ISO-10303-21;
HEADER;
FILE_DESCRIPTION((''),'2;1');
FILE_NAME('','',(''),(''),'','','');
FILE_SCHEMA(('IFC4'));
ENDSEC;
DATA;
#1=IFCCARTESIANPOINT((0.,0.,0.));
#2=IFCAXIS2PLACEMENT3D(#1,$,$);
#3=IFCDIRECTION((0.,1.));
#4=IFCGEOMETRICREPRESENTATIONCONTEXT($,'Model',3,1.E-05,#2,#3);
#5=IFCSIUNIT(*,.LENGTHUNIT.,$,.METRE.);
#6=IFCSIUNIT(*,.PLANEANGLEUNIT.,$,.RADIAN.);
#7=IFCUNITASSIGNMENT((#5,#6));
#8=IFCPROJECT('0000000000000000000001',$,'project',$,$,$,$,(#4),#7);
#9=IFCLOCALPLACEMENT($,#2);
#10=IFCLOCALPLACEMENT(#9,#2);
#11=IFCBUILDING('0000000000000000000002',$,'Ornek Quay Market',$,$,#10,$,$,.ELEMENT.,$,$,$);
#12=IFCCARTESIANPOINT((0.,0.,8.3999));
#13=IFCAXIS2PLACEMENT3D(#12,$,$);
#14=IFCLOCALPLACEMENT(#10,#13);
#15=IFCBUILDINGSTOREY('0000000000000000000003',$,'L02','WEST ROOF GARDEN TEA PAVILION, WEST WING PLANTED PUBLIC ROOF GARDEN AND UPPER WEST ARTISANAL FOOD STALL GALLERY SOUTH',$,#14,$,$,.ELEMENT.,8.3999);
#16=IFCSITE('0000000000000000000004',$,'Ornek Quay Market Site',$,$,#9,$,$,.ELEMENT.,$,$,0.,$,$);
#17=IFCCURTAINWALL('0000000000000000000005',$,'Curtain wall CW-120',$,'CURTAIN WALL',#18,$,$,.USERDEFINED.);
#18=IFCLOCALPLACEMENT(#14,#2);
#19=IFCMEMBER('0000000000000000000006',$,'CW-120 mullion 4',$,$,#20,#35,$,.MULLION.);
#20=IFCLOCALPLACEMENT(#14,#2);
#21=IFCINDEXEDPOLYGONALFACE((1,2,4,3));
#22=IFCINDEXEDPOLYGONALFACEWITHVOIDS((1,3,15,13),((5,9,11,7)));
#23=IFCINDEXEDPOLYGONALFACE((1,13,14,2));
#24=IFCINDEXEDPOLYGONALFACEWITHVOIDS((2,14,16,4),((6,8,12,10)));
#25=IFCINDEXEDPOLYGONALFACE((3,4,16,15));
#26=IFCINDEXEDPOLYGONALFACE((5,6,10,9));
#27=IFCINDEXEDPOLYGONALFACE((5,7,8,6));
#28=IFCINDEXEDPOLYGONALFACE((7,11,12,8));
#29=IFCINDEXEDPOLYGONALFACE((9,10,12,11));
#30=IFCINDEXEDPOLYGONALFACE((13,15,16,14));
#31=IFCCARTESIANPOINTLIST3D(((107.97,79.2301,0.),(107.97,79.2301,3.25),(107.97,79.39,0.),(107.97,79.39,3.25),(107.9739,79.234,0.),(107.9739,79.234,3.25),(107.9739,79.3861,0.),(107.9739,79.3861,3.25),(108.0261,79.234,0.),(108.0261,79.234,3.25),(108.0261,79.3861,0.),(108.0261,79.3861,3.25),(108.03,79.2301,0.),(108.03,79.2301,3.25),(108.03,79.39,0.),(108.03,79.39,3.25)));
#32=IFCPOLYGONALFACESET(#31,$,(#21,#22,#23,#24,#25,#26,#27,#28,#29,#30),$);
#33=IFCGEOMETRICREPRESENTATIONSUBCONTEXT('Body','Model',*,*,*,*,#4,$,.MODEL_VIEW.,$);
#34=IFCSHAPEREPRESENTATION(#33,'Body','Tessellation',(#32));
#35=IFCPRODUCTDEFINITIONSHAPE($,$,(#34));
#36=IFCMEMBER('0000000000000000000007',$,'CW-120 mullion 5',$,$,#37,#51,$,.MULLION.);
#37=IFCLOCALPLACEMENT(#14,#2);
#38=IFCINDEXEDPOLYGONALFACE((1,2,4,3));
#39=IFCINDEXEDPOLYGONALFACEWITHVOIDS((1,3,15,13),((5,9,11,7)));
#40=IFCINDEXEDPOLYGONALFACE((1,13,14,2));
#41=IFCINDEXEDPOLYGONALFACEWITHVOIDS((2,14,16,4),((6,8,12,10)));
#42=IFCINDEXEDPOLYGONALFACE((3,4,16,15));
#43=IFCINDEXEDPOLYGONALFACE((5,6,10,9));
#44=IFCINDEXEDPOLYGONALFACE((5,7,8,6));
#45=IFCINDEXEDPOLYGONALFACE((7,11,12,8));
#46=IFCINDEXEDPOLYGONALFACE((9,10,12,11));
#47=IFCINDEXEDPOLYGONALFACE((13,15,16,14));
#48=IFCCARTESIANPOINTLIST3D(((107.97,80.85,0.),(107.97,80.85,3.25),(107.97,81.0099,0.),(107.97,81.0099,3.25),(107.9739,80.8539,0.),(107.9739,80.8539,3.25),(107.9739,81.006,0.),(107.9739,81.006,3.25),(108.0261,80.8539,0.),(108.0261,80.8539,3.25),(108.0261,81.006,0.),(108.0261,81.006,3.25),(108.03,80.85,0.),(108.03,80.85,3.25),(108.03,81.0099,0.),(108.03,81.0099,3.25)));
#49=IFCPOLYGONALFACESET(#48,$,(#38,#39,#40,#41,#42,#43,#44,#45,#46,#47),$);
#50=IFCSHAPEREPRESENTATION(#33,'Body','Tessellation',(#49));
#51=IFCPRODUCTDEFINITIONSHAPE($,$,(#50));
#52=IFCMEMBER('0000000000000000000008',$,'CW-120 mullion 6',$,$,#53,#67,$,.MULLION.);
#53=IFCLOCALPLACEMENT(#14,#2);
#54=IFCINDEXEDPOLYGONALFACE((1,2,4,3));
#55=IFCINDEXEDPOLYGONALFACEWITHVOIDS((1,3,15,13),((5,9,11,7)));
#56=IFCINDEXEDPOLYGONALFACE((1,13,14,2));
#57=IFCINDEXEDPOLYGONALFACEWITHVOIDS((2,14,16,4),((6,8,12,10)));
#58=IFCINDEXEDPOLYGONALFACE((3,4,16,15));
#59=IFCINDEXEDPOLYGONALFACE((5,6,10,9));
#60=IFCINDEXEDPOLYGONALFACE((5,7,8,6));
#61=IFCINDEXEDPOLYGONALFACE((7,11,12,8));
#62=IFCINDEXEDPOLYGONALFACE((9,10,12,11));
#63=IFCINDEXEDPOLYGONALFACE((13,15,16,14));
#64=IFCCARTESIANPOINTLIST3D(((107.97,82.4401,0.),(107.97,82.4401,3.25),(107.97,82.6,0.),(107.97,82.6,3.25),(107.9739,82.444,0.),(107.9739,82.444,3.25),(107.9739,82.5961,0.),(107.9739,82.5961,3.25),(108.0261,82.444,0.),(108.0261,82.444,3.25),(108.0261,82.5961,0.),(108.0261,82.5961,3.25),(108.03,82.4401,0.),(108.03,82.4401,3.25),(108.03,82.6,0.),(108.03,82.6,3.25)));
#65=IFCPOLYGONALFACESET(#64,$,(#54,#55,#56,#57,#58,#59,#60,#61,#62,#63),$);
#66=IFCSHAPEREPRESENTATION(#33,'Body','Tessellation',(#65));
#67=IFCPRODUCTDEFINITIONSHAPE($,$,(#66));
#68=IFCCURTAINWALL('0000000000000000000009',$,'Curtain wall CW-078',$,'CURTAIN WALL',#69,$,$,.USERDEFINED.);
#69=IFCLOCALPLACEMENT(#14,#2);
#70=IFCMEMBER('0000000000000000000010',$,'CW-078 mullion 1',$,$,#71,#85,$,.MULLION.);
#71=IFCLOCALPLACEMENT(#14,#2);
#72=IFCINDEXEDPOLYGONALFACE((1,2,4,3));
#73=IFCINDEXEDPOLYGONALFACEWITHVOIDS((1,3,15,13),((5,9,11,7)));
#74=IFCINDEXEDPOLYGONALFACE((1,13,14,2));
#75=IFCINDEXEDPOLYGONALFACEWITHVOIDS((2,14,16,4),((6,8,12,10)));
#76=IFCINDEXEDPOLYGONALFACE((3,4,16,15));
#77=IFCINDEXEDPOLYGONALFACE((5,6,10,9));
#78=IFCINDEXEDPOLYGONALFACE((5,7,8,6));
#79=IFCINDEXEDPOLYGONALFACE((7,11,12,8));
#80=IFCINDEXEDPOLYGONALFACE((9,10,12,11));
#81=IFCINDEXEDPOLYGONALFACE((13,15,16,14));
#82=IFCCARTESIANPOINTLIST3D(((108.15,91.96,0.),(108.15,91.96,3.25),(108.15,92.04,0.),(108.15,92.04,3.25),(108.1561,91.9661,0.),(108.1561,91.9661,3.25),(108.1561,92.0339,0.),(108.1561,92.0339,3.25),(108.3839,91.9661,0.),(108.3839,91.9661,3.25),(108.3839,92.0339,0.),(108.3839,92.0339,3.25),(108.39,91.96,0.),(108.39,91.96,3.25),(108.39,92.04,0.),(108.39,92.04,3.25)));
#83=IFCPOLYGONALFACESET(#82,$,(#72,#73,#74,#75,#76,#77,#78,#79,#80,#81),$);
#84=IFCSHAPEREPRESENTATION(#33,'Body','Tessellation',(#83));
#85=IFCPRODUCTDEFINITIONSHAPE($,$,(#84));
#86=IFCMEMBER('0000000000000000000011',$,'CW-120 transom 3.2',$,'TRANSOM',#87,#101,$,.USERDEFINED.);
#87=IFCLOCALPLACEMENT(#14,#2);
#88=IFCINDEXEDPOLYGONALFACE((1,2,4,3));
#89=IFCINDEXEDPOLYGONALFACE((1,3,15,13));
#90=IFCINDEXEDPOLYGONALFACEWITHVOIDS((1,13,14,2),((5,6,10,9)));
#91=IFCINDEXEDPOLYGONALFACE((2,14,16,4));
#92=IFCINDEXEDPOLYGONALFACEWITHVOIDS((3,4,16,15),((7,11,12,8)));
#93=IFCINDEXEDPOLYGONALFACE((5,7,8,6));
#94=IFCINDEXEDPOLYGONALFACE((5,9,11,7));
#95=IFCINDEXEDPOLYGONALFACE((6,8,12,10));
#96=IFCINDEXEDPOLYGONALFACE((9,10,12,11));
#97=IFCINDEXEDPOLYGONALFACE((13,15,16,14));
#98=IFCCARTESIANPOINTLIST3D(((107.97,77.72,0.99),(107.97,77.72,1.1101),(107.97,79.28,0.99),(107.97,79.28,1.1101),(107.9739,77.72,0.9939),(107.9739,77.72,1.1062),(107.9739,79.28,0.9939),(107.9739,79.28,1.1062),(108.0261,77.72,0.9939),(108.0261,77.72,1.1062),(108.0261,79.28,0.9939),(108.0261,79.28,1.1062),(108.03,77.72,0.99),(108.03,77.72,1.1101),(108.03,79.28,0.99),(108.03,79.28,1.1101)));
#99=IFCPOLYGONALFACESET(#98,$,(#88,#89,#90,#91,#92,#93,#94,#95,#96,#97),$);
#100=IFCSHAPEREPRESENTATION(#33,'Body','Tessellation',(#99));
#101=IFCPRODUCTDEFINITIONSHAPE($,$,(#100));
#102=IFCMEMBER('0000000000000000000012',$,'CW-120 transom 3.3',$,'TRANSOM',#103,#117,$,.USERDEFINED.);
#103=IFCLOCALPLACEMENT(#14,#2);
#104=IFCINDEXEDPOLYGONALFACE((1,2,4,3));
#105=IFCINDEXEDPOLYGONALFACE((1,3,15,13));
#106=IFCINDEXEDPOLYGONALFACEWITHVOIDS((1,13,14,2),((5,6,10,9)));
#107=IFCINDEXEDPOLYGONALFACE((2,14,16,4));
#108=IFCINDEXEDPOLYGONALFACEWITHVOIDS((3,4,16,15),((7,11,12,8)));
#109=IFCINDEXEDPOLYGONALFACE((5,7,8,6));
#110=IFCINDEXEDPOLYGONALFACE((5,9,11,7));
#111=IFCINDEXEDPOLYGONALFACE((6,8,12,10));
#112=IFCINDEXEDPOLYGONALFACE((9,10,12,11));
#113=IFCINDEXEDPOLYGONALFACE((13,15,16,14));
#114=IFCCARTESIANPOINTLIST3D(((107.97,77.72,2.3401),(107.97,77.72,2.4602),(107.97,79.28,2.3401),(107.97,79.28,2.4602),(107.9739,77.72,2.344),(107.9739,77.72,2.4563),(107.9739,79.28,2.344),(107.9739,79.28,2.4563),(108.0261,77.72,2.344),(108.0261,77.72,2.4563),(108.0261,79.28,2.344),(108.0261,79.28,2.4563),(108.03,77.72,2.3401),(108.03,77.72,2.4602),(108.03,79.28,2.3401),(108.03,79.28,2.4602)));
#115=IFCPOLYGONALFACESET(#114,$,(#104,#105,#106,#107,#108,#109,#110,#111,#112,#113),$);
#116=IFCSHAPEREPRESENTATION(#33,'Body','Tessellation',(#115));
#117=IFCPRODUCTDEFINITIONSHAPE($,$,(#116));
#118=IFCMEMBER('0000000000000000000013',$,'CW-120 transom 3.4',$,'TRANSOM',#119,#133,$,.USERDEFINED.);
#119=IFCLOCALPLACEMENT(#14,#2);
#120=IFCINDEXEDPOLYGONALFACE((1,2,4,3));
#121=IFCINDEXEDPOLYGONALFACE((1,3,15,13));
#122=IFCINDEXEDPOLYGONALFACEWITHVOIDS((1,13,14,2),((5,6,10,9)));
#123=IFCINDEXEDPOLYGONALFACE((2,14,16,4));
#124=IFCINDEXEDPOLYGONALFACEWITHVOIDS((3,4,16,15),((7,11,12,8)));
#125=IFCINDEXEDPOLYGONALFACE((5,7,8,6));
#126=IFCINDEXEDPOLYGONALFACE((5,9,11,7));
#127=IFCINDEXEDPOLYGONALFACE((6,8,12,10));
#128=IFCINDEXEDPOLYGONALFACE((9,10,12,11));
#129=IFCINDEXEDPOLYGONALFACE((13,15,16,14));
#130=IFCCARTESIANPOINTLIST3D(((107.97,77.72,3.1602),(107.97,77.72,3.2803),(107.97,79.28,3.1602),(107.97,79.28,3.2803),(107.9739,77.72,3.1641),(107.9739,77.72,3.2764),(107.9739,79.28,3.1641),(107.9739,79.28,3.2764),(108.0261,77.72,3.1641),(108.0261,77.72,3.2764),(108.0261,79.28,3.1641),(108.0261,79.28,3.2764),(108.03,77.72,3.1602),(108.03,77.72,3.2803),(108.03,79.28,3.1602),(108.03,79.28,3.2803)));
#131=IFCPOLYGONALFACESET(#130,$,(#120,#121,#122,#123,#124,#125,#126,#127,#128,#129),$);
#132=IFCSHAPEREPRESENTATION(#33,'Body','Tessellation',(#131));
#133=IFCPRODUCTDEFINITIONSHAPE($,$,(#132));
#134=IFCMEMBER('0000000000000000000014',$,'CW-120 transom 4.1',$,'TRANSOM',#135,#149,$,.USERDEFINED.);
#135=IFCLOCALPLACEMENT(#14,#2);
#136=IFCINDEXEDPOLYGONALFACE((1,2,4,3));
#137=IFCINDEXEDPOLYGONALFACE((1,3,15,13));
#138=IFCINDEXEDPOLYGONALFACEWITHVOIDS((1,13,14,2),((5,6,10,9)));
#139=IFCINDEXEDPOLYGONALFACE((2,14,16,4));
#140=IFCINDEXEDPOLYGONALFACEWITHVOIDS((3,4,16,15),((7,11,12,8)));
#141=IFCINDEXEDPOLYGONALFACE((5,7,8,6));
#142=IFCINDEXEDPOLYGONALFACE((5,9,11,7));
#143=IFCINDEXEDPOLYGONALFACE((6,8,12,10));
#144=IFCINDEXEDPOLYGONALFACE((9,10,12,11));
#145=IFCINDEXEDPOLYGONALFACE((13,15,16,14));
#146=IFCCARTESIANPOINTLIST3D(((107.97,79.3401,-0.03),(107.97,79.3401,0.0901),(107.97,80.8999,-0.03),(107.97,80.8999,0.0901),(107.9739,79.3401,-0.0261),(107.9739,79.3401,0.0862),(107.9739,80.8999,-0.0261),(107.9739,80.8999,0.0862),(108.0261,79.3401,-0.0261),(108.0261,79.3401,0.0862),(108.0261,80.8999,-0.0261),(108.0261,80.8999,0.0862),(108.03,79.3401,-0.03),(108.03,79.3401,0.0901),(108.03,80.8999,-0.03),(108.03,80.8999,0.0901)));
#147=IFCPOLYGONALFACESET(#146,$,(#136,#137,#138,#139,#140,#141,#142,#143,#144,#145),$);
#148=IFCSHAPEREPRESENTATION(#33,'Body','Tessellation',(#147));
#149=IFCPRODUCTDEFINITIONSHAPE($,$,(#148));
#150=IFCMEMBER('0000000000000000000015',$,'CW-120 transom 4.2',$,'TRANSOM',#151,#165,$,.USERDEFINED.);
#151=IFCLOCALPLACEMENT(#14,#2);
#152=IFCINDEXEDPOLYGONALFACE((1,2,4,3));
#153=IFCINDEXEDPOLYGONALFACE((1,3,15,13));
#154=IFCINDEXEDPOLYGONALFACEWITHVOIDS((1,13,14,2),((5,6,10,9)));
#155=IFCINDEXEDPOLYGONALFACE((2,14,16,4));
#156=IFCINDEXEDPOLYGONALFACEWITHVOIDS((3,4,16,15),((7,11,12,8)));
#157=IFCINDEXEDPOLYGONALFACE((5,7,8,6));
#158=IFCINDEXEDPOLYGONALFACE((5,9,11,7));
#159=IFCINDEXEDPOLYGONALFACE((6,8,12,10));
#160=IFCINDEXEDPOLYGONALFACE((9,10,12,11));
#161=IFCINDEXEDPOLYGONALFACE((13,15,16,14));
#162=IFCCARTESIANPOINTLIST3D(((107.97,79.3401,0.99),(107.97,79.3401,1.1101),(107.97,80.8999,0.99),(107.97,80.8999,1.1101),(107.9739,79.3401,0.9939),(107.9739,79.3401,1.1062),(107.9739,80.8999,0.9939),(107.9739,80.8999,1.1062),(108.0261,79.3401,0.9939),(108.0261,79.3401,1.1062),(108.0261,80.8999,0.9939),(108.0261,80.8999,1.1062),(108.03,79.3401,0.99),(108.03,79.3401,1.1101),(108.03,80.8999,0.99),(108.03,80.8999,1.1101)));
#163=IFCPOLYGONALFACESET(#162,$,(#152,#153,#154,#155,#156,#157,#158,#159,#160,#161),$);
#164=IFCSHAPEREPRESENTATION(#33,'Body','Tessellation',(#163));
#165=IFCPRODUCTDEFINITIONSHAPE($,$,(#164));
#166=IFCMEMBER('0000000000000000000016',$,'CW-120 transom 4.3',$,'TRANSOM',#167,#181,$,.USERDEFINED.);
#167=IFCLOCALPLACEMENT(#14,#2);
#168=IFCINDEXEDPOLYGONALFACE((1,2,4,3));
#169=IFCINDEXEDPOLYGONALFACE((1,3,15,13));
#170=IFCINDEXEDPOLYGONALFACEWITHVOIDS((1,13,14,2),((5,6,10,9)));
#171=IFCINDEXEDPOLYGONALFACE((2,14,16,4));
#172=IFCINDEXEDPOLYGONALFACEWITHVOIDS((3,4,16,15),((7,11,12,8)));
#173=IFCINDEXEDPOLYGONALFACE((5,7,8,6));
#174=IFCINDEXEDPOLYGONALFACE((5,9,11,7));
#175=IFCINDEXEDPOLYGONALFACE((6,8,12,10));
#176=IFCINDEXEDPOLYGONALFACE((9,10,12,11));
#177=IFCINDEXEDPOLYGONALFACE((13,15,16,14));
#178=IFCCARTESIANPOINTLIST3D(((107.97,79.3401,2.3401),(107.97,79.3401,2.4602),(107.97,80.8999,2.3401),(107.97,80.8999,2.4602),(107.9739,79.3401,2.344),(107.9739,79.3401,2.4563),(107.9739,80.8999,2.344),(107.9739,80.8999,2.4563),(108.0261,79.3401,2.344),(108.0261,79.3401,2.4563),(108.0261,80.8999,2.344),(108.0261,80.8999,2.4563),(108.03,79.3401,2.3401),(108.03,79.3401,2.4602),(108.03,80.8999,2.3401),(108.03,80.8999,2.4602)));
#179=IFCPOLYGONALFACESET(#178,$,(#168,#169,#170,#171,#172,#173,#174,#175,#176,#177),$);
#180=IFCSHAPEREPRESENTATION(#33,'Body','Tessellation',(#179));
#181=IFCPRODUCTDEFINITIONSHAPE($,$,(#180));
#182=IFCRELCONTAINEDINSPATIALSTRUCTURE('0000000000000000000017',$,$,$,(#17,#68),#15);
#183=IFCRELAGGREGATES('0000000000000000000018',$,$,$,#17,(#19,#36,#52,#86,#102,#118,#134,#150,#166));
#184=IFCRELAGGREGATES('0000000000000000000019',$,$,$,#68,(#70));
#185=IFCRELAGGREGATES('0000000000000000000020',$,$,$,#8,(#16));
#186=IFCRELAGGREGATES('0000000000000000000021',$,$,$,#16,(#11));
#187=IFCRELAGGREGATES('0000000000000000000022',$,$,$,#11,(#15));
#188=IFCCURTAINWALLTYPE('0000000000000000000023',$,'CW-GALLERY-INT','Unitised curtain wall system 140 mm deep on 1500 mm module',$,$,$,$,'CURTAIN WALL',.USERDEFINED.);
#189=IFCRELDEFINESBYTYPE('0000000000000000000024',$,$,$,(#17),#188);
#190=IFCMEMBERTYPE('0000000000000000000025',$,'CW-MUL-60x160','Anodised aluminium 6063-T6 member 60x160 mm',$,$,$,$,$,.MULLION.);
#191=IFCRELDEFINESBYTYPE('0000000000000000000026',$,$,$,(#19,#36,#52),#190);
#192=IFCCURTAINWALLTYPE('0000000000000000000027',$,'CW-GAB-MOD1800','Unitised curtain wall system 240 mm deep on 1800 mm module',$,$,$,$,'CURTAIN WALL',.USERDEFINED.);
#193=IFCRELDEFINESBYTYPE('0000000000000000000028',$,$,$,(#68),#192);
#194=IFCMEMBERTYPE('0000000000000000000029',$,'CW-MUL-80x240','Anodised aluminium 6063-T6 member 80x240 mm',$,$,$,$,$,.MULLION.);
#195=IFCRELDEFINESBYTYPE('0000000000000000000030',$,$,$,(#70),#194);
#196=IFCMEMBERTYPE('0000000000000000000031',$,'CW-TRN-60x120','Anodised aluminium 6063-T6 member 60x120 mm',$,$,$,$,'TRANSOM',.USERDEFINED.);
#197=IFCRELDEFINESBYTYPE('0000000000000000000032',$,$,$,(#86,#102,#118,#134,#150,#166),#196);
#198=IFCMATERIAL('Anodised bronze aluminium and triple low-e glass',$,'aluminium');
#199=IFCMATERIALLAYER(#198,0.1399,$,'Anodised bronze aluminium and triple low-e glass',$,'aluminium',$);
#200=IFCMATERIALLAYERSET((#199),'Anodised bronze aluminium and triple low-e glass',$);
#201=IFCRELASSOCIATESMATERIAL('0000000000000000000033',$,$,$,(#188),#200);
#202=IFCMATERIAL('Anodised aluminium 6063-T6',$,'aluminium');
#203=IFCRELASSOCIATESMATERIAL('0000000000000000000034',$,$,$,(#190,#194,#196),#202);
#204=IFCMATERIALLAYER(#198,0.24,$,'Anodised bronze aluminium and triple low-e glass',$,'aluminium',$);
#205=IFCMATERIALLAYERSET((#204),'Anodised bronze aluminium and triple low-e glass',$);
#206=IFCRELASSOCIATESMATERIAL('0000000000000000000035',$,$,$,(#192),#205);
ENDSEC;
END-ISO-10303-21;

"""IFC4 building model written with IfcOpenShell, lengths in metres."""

from ifc_helpers import new_model, si_unit, direction, frame, origin, origin_2d, place, context, subcontext, project, spatial, hollow_rectangle, extrude, material, layer, layer_set, material_profile, profile_set, type_object, element, aggregate, save


model = new_model("IFC4")

# Units and contexts
model_context = context("Model", 3, precision=1e-05, world=origin(), true_north=direction((0.0, 1.0)))
body_context = subcontext(model_context, "Body", "Model", "MODEL_VIEW")
ifc_project = project(units=[si_unit("LENGTHUNIT", "METRE"), si_unit("PLANEANGLEUNIT", "RADIAN")], contexts=[model_context])

# Site, building, storey
site_placement = place(None, origin())
site = spatial("IfcSite", under=ifc_project, at=site_placement, Name="Ornek Quay Market Site", CompositionType="ELEMENT", RefElevation=0.0)
building_placement = place(site_placement, origin())
building = spatial("IfcBuilding", under=site, at=building_placement, Name="Ornek Quay Market", CompositionType="ELEMENT")
storey_placement = place(building_placement, frame((0.0, 0.0, 8.3999)))
storey = spatial("IfcBuildingStorey", under=building, at=storey_placement, Name="L02", Description="WEST ROOF GARDEN TEA PAVILION, WEST WING PLANTED PUBLIC ROOF GARDEN AND UPPER WEST ARTISANAL FOOD STALL GALLERY SOUTH", CompositionType="ELEMENT", Elevation=8.3999)

# Curtain wall, members
ifc_material_1 = material(Name="Anodised bronze aluminium and triple low-e glass", Category="aluminium")
ifc_layer_1 = layer(ifc_material_1, 0.1399, Name="Anodised bronze aluminium and triple low-e glass", Category="aluminium")
ifc_layer_set_1 = layer_set([ifc_layer_1], Name="Anodised bronze aluminium and triple low-e glass")
curtain_wall_type_1 = type_object("IfcCurtainWallType", Name="CW-GALLERY-INT", Description="Unitised curtain wall system 140 mm deep on 1500 mm module", ElementType="CURTAIN WALL", PredefinedType="USERDEFINED", material=ifc_layer_set_1)
curtain_wall_1_placement = place(storey_placement, origin())
curtain_wall_1 = element("IfcCurtainWall", 1, at=curtain_wall_1_placement, inside=storey, type_object=curtain_wall_type_1, Name="Curtain wall CW-120", ObjectType="CURTAIN WALL", PredefinedType="USERDEFINED")
ifc_material_2 = material(Name="Anodised aluminium 6063-T6", Category="aluminium")
ifc_material_profile_1 = material_profile(ifc_material_2, hollow_rectangle(XDim=0.0601, YDim=0.1599, WallThickness=0.0039, at=origin_2d()), Name="CW-MUL-60x160", Category="aluminium")
ifc_profile_set_1 = profile_set([ifc_material_profile_1], Name="Anodised aluminium 6063-T6")
member_type_1 = type_object("IfcMemberType", Name="CW-MUL-60x160", Description="Anodised aluminium 6063-T6 member 60x160 mm", PredefinedType="MULLION", material=ifc_profile_set_1)
member_1_placement = place(storey_placement, frame((108.0, 79.3101, 0.0), z_axis=(0.0, 0.0, 1.0), x_axis=(-1.0, 0.0, 0.0)))
member_1 = element("IfcMember", 2, at=member_1_placement, type_object=member_type_1, Name="CW-120 mullion 4", PredefinedType="MULLION", context=body_context, shape_type="SweptSolid", body=[
    extrude(hollow_rectangle(XDim=0.0601, YDim=0.1599, WallThickness=0.0039, at=origin_2d()), origin(), (0.0, 0.0, 1.0), 3.25),
])
member_2_placement = place(storey_placement, frame((108.0, 80.9299, 0.0), z_axis=(0.0, 0.0, 1.0), x_axis=(-1.0, 0.0, 0.0)))
member_2 = element("IfcMember", 3, at=member_2_placement, type_object=member_type_1, Name="CW-120 mullion 5", PredefinedType="MULLION", context=body_context, shape_type="SweptSolid", body=[
    extrude(hollow_rectangle(XDim=0.0601, YDim=0.1599, WallThickness=0.0039, at=origin_2d()), origin(), (0.0, 0.0, 1.0), 3.25),
])
member_3_placement = place(storey_placement, frame((108.0, 82.52, 0.0), z_axis=(0.0, 0.0, 1.0), x_axis=(-1.0, 0.0, 0.0)))
member_3 = element("IfcMember", 4, at=member_3_placement, type_object=member_type_1, Name="CW-120 mullion 6", PredefinedType="MULLION", context=body_context, shape_type="SweptSolid", body=[
    extrude(hollow_rectangle(XDim=0.0601, YDim=0.1599, WallThickness=0.0039, at=origin_2d()), origin(), (0.0, 0.0, 1.0), 3.25),
])

# Curtain wall, member
ifc_layer_2 = layer(ifc_material_1, 0.24, Name="Anodised bronze aluminium and triple low-e glass", Category="aluminium")
ifc_layer_set_2 = layer_set([ifc_layer_2], Name="Anodised bronze aluminium and triple low-e glass")
curtain_wall_type_2 = type_object("IfcCurtainWallType", Name="CW-GAB-MOD1800", Description="Unitised curtain wall system 240 mm deep on 1800 mm module", ElementType="CURTAIN WALL", PredefinedType="USERDEFINED", material=ifc_layer_set_2)
curtain_wall_2_placement = place(storey_placement, origin())
curtain_wall_2 = element("IfcCurtainWall", 5, at=curtain_wall_2_placement, inside=storey, type_object=curtain_wall_type_2, Name="Curtain wall CW-078", ObjectType="CURTAIN WALL", PredefinedType="USERDEFINED")
ifc_material_profile_2 = material_profile(ifc_material_2, hollow_rectangle(XDim=0.0801, YDim=0.24, WallThickness=0.0061, at=origin_2d()), Name="CW-MUL-80x240", Category="aluminium")
ifc_profile_set_2 = profile_set([ifc_material_profile_2], Name="Anodised aluminium 6063-T6")
member_type_2 = type_object("IfcMemberType", Name="CW-MUL-80x240", Description="Anodised aluminium 6063-T6 member 80x240 mm", PredefinedType="MULLION", material=ifc_profile_set_2)
member_4_placement = place(storey_placement, frame((108.27, 92.0, 0.0), z_axis=(0.0, 0.0, 1.0), x_axis=(0.0, 1.0, 0.0)))
member_4 = element("IfcMember", 6, at=member_4_placement, type_object=member_type_2, Name="CW-078 mullion 1", PredefinedType="MULLION", context=body_context, shape_type="SweptSolid", body=[
    extrude(hollow_rectangle(XDim=0.0801, YDim=0.24, WallThickness=0.0061, at=origin_2d()), origin(), (0.0, 0.0, 1.0), 3.25),
])

# Members
ifc_material_profile_3 = material_profile(ifc_material_2, hollow_rectangle(XDim=0.0601, YDim=0.1201, WallThickness=0.0039, at=origin_2d()), Name="CW-TRN-60x120", Category="aluminium")
ifc_profile_set_3 = profile_set([ifc_material_profile_3], Name="Anodised aluminium 6063-T6")
member_type_3 = type_object("IfcMemberType", Name="CW-TRN-60x120", Description="Anodised aluminium 6063-T6 member 60x120 mm", ElementType="TRANSOM", PredefinedType="USERDEFINED", material=ifc_profile_set_3)
member_5_placement = place(storey_placement, frame((108.0, 77.72, 1.05), z_axis=(0.0, 1.0, 0.0), x_axis=(-1.0, 0.0, 0.0)))
member_5 = element("IfcMember", 7, at=member_5_placement, type_object=member_type_3, Name="CW-120 transom 3.2", ObjectType="TRANSOM", PredefinedType="USERDEFINED", context=body_context, shape_type="SweptSolid", body=[
    extrude(hollow_rectangle(XDim=0.0601, YDim=0.1201, WallThickness=0.0039, at=origin_2d()), origin(), (0.0, 0.0, 1.0), 1.5601),
])
member_6_placement = place(storey_placement, frame((108.0, 77.72, 2.4001), z_axis=(0.0, 1.0, 0.0), x_axis=(-1.0, 0.0, 0.0)))
member_6 = element("IfcMember", 8, at=member_6_placement, type_object=member_type_3, Name="CW-120 transom 3.3", ObjectType="TRANSOM", PredefinedType="USERDEFINED", context=body_context, shape_type="SweptSolid", body=[
    extrude(hollow_rectangle(XDim=0.0601, YDim=0.1201, WallThickness=0.0039, at=origin_2d()), origin(), (0.0, 0.0, 1.0), 1.5601),
])
member_7_placement = place(storey_placement, frame((108.0, 77.72, 3.2202), z_axis=(0.0, 1.0, 0.0), x_axis=(-1.0, 0.0, 0.0)))
member_7 = element("IfcMember", 9, at=member_7_placement, type_object=member_type_3, Name="CW-120 transom 3.4", ObjectType="TRANSOM", PredefinedType="USERDEFINED", context=body_context, shape_type="SweptSolid", body=[
    extrude(hollow_rectangle(XDim=0.0601, YDim=0.1201, WallThickness=0.0039, at=origin_2d()), origin(), (0.0, 0.0, 1.0), 1.5601),
])
member_8_placement = place(storey_placement, frame((108.0, 79.3401, 0.03), z_axis=(0.0, 1.0, 0.0), x_axis=(-1.0, 0.0, 0.0)))
member_8 = element("IfcMember", 10, at=member_8_placement, type_object=member_type_3, Name="CW-120 transom 4.1", ObjectType="TRANSOM", PredefinedType="USERDEFINED", context=body_context, shape_type="SweptSolid", body=[
    extrude(hollow_rectangle(XDim=0.0601, YDim=0.1201, WallThickness=0.0039, at=origin_2d()), origin(), (0.0, 0.0, 1.0), 1.5598),
])
member_9_placement = place(storey_placement, frame((108.0, 79.3401, 1.05), z_axis=(0.0, 1.0, 0.0), x_axis=(-1.0, 0.0, 0.0)))
member_9 = element("IfcMember", 11, at=member_9_placement, type_object=member_type_3, Name="CW-120 transom 4.2", ObjectType="TRANSOM", PredefinedType="USERDEFINED", context=body_context, shape_type="SweptSolid", body=[
    extrude(hollow_rectangle(XDim=0.0601, YDim=0.1201, WallThickness=0.0039, at=origin_2d()), origin(), (0.0, 0.0, 1.0), 1.5598),
])
member_10_placement = place(storey_placement, frame((108.0, 79.3401, 2.4001), z_axis=(0.0, 1.0, 0.0), x_axis=(-1.0, 0.0, 0.0)))
member_10 = element("IfcMember", 12, at=member_10_placement, type_object=member_type_3, Name="CW-120 transom 4.3", ObjectType="TRANSOM", PredefinedType="USERDEFINED", context=body_context, shape_type="SweptSolid", body=[
    extrude(hollow_rectangle(XDim=0.0601, YDim=0.1201, WallThickness=0.0039, at=origin_2d()), origin(), (0.0, 0.0, 1.0), 1.5598),
])

aggregate(curtain_wall_1, [member_1, member_2, member_3, member_5, member_6, member_7, member_8, member_9, member_10])
aggregate(curtain_wall_2, [member_4])

save(model, "model.ifc")
